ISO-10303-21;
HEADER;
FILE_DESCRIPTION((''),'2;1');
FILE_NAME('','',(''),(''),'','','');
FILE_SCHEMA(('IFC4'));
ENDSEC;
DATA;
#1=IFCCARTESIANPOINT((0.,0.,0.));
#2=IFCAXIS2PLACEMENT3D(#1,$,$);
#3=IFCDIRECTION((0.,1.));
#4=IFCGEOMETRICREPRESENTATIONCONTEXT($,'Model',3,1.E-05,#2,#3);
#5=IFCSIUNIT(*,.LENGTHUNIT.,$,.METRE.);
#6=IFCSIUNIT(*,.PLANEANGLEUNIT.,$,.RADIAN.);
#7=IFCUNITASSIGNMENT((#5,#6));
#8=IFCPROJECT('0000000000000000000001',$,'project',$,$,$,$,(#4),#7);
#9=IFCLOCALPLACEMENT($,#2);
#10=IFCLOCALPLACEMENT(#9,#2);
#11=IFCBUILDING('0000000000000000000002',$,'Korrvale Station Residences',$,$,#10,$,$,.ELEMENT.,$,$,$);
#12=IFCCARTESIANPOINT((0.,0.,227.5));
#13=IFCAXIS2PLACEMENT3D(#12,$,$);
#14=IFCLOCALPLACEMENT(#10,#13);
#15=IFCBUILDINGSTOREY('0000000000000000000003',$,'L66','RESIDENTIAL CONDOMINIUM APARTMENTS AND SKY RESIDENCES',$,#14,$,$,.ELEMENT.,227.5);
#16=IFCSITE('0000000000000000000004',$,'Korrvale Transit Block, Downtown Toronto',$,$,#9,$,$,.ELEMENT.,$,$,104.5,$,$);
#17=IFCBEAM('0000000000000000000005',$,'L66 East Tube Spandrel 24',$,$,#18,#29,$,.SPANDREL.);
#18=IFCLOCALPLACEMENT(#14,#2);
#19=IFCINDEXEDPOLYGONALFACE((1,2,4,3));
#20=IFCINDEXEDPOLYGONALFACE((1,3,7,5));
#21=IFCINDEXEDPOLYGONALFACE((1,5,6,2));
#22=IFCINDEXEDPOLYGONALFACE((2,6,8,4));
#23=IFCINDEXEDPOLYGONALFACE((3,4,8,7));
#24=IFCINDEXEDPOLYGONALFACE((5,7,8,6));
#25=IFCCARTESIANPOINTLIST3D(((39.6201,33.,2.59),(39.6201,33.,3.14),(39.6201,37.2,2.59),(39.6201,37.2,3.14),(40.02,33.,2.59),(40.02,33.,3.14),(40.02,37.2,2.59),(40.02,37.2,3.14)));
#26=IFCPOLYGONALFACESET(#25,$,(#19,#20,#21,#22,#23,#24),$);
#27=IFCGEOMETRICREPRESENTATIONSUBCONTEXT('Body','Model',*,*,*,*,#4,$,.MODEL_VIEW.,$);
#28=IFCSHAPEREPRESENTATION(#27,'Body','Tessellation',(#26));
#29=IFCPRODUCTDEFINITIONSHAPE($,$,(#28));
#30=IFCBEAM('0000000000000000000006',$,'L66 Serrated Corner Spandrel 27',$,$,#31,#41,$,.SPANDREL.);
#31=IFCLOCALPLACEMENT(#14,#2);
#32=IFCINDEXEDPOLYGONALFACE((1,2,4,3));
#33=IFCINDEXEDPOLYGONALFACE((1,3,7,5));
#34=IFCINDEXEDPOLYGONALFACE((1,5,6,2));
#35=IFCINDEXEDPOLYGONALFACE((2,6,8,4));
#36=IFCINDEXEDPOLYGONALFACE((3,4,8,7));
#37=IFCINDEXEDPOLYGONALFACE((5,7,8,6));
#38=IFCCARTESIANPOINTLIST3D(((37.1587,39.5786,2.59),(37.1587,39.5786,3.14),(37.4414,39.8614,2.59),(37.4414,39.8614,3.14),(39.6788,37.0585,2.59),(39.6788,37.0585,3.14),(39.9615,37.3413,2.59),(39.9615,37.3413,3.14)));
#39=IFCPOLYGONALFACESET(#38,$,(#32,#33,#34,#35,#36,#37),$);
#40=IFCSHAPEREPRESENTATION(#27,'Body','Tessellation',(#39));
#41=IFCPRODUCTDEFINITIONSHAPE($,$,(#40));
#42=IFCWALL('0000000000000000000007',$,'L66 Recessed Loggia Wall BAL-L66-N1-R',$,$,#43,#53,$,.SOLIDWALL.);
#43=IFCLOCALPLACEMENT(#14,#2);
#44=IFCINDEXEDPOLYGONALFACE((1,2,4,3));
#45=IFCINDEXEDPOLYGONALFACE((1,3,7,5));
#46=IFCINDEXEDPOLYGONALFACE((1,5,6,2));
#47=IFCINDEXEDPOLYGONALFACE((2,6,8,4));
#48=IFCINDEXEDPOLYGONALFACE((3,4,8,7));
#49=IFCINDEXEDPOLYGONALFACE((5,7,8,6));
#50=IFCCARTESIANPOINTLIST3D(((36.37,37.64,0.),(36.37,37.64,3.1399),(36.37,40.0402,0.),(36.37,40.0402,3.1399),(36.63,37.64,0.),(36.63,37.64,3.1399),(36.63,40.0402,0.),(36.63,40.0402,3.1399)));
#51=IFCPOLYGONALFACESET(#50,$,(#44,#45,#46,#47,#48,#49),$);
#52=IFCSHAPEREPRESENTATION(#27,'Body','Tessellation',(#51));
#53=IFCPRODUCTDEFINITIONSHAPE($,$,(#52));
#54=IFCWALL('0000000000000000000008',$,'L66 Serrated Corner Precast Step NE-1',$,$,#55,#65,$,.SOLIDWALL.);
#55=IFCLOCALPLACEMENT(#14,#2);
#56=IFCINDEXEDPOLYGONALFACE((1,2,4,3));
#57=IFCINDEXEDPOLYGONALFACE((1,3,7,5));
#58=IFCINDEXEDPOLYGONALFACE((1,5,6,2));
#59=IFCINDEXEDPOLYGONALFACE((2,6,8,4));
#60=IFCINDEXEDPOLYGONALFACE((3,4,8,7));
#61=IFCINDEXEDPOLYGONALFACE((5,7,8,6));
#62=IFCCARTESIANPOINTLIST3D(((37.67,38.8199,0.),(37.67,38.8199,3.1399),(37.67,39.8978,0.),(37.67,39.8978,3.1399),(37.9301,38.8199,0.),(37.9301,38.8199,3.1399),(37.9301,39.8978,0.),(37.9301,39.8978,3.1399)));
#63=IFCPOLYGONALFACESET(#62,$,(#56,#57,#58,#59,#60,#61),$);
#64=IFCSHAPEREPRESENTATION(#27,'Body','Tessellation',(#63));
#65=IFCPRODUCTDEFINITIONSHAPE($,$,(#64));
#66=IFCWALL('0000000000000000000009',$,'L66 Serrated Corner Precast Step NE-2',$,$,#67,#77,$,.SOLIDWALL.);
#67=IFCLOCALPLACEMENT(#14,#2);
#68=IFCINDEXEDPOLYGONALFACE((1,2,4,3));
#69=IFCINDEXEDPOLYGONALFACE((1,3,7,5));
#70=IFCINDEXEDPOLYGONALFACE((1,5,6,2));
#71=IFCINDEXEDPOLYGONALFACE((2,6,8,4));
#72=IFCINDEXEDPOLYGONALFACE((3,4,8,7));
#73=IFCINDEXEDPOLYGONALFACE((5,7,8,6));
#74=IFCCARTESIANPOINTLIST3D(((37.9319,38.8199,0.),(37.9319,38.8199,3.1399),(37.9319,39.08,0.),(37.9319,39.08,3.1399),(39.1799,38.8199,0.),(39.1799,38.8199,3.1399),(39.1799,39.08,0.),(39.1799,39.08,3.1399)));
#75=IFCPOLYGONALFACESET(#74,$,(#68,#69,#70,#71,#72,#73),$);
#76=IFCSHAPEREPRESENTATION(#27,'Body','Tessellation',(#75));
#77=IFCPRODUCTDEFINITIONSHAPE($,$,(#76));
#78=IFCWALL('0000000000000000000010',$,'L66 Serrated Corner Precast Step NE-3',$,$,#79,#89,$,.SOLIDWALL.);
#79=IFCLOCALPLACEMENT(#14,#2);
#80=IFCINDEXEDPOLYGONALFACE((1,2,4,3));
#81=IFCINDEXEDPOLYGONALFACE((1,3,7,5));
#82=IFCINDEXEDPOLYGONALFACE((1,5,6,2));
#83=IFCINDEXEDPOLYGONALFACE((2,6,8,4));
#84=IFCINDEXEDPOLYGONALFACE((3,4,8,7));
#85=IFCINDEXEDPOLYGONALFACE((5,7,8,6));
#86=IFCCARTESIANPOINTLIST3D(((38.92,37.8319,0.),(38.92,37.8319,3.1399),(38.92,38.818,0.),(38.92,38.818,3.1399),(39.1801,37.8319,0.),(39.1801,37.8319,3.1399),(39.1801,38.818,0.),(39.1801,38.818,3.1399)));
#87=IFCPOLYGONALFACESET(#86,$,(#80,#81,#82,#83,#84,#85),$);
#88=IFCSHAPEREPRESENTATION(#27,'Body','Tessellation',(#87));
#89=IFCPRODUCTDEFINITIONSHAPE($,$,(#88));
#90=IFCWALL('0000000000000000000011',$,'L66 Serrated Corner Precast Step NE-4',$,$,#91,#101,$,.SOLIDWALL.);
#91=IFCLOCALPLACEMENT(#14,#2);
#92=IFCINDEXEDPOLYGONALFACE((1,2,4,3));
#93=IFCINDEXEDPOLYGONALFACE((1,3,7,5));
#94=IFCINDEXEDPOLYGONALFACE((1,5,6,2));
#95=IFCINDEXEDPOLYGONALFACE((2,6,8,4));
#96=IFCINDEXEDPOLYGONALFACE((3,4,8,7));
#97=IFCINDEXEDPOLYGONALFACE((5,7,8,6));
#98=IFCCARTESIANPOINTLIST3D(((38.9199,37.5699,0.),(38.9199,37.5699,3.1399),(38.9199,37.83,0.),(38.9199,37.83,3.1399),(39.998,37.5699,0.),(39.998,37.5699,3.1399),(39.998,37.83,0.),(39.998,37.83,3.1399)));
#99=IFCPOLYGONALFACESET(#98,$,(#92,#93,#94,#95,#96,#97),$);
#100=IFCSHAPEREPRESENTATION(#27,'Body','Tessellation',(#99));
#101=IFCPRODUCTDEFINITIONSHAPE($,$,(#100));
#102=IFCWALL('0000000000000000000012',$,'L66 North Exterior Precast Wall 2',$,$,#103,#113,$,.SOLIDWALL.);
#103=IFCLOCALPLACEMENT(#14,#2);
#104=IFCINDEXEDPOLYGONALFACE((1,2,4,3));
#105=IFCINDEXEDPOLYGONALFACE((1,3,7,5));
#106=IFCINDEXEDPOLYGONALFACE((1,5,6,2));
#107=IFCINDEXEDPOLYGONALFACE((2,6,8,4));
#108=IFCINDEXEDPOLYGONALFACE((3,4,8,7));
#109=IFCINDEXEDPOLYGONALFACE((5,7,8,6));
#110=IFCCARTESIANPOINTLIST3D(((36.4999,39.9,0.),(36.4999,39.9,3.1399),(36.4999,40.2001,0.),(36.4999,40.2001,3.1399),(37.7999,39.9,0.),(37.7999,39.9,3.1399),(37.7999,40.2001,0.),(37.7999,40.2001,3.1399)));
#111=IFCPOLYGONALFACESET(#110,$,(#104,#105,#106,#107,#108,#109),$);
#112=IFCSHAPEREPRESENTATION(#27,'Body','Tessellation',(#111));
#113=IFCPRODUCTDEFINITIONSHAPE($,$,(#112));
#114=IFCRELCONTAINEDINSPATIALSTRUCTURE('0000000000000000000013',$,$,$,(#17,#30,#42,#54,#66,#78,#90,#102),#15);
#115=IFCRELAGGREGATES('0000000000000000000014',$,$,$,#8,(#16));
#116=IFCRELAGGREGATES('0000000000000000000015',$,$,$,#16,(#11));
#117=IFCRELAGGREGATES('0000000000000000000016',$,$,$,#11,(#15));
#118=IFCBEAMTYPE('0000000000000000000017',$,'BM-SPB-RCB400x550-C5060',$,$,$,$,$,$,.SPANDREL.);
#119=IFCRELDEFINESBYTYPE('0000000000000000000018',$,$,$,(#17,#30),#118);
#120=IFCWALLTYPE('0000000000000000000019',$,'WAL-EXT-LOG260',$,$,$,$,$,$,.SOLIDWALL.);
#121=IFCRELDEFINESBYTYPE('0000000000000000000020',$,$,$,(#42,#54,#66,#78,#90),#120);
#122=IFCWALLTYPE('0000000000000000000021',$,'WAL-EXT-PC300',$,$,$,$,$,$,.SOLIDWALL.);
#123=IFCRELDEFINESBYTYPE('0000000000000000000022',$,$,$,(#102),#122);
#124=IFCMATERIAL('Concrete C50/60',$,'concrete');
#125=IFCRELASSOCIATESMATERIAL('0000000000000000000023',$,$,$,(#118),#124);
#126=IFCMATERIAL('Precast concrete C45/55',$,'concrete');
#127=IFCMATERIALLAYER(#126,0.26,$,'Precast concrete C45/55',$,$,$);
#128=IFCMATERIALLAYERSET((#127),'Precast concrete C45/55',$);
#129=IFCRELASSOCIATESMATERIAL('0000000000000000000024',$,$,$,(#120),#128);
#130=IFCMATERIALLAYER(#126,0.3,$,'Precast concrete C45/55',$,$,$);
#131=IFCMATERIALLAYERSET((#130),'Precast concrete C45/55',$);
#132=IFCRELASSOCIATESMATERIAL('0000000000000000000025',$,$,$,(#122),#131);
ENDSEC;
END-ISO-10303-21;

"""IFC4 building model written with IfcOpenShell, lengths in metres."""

from ifc_helpers import new_model, si_unit, direction, frame, frame_2d, origin, origin_2d, place, context, subcontext, project, spatial, rectangle, extrude, material, layer, layer_set, material_profile, profile_set, type_object, element, save


model = new_model("IFC4")

# Units and contexts
model_context = context("Model", 3, precision=1e-05, world=origin(), true_north=direction((0.0, 1.0)))
body_context = subcontext(model_context, "Body", "Model", "MODEL_VIEW")
ifc_project = project(units=[si_unit("LENGTHUNIT", "METRE"), si_unit("PLANEANGLEUNIT", "RADIAN")], contexts=[model_context])

# Site, building, storey
site_placement = place(None, origin())
site = spatial("IfcSite", under=ifc_project, at=site_placement, Name="Korrvale Transit Block, Downtown Toronto", CompositionType="ELEMENT", RefElevation=104.5)
building_placement = place(site_placement, origin())
building = spatial("IfcBuilding", under=site, at=building_placement, Name="Korrvale Station Residences", CompositionType="ELEMENT")
storey_placement = place(building_placement, frame((0.0, 0.0, 227.5)))
storey = spatial("IfcBuildingStorey", under=building, at=storey_placement, Name="L66", Description="RESIDENTIAL CONDOMINIUM APARTMENTS AND SKY RESIDENCES", CompositionType="ELEMENT", Elevation=227.5)

# Shared definitions
ifc_material_1 = material(Name="Concrete C50/60", Category="concrete")

# Beams
ifc_material_profile_1 = material_profile(ifc_material_1, rectangle(XDim=0.3999, YDim=0.55, at=origin_2d()), Name="RCB400x550")
ifc_profile_set_1 = profile_set([ifc_material_profile_1], Name="Concrete C50/60")
beam_type_1 = type_object("IfcBeamType", Name="BM-SPB-RCB400x550-C5060", PredefinedType="SPANDREL", material=ifc_profile_set_1)
beam_1_placement = place(storey_placement, frame((39.8201, 33.0, 2.865), z_axis=(0.0, 1.0, 0.0), x_axis=(-1.0, 0.0, 0.0)))
element("IfcBeam", 1, at=beam_1_placement, inside=storey, type_object=beam_type_1, Name="L66 East Tube Spandrel 24", PredefinedType="SPANDREL", context=body_context, shape_type="SweptSolid", body=[
    extrude(rectangle(XDim=0.3999, YDim=0.55, at=origin_2d()), origin(), (0.0, 0.0, 1.0), 4.2),
])
beam_2_placement = place(storey_placement, frame((37.3, 39.72, 2.865), z_axis=(0.707107, -0.707107, 0.0), x_axis=(0.707107, 0.707107, 0.0)))
element("IfcBeam", 2, at=beam_2_placement, inside=storey, type_object=beam_type_1, Name="L66 Serrated Corner Spandrel 27", PredefinedType="SPANDREL", context=body_context, shape_type="SweptSolid", body=[
    extrude(rectangle(XDim=0.3999, YDim=0.55, at=origin_2d()), origin(), (0.0, 0.0, 1.0), 3.564),
])

# Walls
ifc_material_2 = material(Name="Precast concrete C45/55", Category="concrete")
ifc_layer_1 = layer(ifc_material_2, 0.26, Name="Precast concrete C45/55")
ifc_layer_set_1 = layer_set([ifc_layer_1], Name="Precast concrete C45/55")
wall_type_1 = type_object("IfcWallType", Name="WAL-EXT-LOG260", PredefinedType="SOLIDWALL", material=ifc_layer_set_1)
wall_1_placement = place(storey_placement, frame((36.5, 37.6399, 0.0), z_axis=(0.0, 0.0, 1.0), x_axis=(0.0, 1.0, 0.0)))
element("IfcWall", 3, at=wall_1_placement, inside=storey, type_object=wall_type_1, Name="L66 Recessed Loggia Wall BAL-L66-N1-R", PredefinedType="SOLIDWALL", context=body_context, shape_type="SweptSolid", body=[
    extrude(rectangle(XDim=2.4001, YDim=0.26, at=frame_2d((1.2002, 0.0))), origin(), (0.0, 0.0, 1.0), 3.1399),
])
wall_2_placement = place(storey_placement, frame((37.8, 39.8979, 0.0), z_axis=(0.0, 0.0, 1.0), x_axis=(0.0, -1.0, 0.0)))
element("IfcWall", 4, at=wall_2_placement, inside=storey, type_object=wall_type_1, Name="L66 Serrated Corner Precast Step NE-1", PredefinedType="SOLIDWALL", context=body_context, shape_type="SweptSolid", body=[
    extrude(rectangle(XDim=1.0779, YDim=0.26, at=frame_2d((0.5391, 0.0))), origin(), (0.0, 0.0, 1.0), 3.1399),
])
wall_3_placement = place(storey_placement, frame((37.9319, 38.95, 0.0), z_axis=(0.0, 0.0, 1.0), x_axis=(1.0, 0.0, 0.0)))
element("IfcWall", 5, at=wall_3_placement, inside=storey, type_object=wall_type_1, Name="L66 Serrated Corner Precast Step NE-2", PredefinedType="SOLIDWALL", context=body_context, shape_type="SweptSolid", body=[
    extrude(rectangle(XDim=1.248, YDim=0.26, at=frame_2d((0.624, 0.0))), origin(), (0.0, 0.0, 1.0), 3.1399),
])
wall_4_placement = place(storey_placement, frame((39.05, 38.8181, 0.0), z_axis=(0.0, 0.0, 1.0), x_axis=(0.0, -1.0, 0.0)))
element("IfcWall", 6, at=wall_4_placement, inside=storey, type_object=wall_type_1, Name="L66 Serrated Corner Precast Step NE-3", PredefinedType="SOLIDWALL", context=body_context, shape_type="SweptSolid", body=[
    extrude(rectangle(XDim=0.9861, YDim=0.26, at=frame_2d((0.4932, 0.0))), origin(), (0.0, 0.0, 1.0), 3.1399),
])
wall_5_placement = place(storey_placement, frame((38.9199, 37.7, 0.0), z_axis=(0.0, 0.0, 1.0), x_axis=(1.0, 0.0, 0.0)))
element("IfcWall", 7, at=wall_5_placement, inside=storey, type_object=wall_type_1, Name="L66 Serrated Corner Precast Step NE-4", PredefinedType="SOLIDWALL", context=body_context, shape_type="SweptSolid", body=[
    extrude(rectangle(XDim=1.0781, YDim=0.26, at=frame_2d((0.5391, 0.0))), origin(), (0.0, 0.0, 1.0), 3.1399),
])
ifc_layer_2 = layer(ifc_material_2, 0.3, Name="Precast concrete C45/55")
ifc_layer_set_2 = layer_set([ifc_layer_2], Name="Precast concrete C45/55")
wall_type_2 = type_object("IfcWallType", Name="WAL-EXT-PC300", PredefinedType="SOLIDWALL", material=ifc_layer_set_2)
wall_6_placement = place(storey_placement, frame((36.5, 40.05, 0.0), z_axis=(0.0, 0.0, 1.0), x_axis=(1.0, 0.0, 0.0)))
element("IfcWall", 8, at=wall_6_placement, inside=storey, type_object=wall_type_2, Name="L66 North Exterior Precast Wall 2", PredefinedType="SOLIDWALL", context=body_context, shape_type="SweptSolid", body=[
    extrude(rectangle(XDim=1.3, YDim=0.3, at=frame_2d((0.6499, 0.0))), origin(), (0.0, 0.0, 1.0), 3.1399),
])

save(model, "model.ifc")
